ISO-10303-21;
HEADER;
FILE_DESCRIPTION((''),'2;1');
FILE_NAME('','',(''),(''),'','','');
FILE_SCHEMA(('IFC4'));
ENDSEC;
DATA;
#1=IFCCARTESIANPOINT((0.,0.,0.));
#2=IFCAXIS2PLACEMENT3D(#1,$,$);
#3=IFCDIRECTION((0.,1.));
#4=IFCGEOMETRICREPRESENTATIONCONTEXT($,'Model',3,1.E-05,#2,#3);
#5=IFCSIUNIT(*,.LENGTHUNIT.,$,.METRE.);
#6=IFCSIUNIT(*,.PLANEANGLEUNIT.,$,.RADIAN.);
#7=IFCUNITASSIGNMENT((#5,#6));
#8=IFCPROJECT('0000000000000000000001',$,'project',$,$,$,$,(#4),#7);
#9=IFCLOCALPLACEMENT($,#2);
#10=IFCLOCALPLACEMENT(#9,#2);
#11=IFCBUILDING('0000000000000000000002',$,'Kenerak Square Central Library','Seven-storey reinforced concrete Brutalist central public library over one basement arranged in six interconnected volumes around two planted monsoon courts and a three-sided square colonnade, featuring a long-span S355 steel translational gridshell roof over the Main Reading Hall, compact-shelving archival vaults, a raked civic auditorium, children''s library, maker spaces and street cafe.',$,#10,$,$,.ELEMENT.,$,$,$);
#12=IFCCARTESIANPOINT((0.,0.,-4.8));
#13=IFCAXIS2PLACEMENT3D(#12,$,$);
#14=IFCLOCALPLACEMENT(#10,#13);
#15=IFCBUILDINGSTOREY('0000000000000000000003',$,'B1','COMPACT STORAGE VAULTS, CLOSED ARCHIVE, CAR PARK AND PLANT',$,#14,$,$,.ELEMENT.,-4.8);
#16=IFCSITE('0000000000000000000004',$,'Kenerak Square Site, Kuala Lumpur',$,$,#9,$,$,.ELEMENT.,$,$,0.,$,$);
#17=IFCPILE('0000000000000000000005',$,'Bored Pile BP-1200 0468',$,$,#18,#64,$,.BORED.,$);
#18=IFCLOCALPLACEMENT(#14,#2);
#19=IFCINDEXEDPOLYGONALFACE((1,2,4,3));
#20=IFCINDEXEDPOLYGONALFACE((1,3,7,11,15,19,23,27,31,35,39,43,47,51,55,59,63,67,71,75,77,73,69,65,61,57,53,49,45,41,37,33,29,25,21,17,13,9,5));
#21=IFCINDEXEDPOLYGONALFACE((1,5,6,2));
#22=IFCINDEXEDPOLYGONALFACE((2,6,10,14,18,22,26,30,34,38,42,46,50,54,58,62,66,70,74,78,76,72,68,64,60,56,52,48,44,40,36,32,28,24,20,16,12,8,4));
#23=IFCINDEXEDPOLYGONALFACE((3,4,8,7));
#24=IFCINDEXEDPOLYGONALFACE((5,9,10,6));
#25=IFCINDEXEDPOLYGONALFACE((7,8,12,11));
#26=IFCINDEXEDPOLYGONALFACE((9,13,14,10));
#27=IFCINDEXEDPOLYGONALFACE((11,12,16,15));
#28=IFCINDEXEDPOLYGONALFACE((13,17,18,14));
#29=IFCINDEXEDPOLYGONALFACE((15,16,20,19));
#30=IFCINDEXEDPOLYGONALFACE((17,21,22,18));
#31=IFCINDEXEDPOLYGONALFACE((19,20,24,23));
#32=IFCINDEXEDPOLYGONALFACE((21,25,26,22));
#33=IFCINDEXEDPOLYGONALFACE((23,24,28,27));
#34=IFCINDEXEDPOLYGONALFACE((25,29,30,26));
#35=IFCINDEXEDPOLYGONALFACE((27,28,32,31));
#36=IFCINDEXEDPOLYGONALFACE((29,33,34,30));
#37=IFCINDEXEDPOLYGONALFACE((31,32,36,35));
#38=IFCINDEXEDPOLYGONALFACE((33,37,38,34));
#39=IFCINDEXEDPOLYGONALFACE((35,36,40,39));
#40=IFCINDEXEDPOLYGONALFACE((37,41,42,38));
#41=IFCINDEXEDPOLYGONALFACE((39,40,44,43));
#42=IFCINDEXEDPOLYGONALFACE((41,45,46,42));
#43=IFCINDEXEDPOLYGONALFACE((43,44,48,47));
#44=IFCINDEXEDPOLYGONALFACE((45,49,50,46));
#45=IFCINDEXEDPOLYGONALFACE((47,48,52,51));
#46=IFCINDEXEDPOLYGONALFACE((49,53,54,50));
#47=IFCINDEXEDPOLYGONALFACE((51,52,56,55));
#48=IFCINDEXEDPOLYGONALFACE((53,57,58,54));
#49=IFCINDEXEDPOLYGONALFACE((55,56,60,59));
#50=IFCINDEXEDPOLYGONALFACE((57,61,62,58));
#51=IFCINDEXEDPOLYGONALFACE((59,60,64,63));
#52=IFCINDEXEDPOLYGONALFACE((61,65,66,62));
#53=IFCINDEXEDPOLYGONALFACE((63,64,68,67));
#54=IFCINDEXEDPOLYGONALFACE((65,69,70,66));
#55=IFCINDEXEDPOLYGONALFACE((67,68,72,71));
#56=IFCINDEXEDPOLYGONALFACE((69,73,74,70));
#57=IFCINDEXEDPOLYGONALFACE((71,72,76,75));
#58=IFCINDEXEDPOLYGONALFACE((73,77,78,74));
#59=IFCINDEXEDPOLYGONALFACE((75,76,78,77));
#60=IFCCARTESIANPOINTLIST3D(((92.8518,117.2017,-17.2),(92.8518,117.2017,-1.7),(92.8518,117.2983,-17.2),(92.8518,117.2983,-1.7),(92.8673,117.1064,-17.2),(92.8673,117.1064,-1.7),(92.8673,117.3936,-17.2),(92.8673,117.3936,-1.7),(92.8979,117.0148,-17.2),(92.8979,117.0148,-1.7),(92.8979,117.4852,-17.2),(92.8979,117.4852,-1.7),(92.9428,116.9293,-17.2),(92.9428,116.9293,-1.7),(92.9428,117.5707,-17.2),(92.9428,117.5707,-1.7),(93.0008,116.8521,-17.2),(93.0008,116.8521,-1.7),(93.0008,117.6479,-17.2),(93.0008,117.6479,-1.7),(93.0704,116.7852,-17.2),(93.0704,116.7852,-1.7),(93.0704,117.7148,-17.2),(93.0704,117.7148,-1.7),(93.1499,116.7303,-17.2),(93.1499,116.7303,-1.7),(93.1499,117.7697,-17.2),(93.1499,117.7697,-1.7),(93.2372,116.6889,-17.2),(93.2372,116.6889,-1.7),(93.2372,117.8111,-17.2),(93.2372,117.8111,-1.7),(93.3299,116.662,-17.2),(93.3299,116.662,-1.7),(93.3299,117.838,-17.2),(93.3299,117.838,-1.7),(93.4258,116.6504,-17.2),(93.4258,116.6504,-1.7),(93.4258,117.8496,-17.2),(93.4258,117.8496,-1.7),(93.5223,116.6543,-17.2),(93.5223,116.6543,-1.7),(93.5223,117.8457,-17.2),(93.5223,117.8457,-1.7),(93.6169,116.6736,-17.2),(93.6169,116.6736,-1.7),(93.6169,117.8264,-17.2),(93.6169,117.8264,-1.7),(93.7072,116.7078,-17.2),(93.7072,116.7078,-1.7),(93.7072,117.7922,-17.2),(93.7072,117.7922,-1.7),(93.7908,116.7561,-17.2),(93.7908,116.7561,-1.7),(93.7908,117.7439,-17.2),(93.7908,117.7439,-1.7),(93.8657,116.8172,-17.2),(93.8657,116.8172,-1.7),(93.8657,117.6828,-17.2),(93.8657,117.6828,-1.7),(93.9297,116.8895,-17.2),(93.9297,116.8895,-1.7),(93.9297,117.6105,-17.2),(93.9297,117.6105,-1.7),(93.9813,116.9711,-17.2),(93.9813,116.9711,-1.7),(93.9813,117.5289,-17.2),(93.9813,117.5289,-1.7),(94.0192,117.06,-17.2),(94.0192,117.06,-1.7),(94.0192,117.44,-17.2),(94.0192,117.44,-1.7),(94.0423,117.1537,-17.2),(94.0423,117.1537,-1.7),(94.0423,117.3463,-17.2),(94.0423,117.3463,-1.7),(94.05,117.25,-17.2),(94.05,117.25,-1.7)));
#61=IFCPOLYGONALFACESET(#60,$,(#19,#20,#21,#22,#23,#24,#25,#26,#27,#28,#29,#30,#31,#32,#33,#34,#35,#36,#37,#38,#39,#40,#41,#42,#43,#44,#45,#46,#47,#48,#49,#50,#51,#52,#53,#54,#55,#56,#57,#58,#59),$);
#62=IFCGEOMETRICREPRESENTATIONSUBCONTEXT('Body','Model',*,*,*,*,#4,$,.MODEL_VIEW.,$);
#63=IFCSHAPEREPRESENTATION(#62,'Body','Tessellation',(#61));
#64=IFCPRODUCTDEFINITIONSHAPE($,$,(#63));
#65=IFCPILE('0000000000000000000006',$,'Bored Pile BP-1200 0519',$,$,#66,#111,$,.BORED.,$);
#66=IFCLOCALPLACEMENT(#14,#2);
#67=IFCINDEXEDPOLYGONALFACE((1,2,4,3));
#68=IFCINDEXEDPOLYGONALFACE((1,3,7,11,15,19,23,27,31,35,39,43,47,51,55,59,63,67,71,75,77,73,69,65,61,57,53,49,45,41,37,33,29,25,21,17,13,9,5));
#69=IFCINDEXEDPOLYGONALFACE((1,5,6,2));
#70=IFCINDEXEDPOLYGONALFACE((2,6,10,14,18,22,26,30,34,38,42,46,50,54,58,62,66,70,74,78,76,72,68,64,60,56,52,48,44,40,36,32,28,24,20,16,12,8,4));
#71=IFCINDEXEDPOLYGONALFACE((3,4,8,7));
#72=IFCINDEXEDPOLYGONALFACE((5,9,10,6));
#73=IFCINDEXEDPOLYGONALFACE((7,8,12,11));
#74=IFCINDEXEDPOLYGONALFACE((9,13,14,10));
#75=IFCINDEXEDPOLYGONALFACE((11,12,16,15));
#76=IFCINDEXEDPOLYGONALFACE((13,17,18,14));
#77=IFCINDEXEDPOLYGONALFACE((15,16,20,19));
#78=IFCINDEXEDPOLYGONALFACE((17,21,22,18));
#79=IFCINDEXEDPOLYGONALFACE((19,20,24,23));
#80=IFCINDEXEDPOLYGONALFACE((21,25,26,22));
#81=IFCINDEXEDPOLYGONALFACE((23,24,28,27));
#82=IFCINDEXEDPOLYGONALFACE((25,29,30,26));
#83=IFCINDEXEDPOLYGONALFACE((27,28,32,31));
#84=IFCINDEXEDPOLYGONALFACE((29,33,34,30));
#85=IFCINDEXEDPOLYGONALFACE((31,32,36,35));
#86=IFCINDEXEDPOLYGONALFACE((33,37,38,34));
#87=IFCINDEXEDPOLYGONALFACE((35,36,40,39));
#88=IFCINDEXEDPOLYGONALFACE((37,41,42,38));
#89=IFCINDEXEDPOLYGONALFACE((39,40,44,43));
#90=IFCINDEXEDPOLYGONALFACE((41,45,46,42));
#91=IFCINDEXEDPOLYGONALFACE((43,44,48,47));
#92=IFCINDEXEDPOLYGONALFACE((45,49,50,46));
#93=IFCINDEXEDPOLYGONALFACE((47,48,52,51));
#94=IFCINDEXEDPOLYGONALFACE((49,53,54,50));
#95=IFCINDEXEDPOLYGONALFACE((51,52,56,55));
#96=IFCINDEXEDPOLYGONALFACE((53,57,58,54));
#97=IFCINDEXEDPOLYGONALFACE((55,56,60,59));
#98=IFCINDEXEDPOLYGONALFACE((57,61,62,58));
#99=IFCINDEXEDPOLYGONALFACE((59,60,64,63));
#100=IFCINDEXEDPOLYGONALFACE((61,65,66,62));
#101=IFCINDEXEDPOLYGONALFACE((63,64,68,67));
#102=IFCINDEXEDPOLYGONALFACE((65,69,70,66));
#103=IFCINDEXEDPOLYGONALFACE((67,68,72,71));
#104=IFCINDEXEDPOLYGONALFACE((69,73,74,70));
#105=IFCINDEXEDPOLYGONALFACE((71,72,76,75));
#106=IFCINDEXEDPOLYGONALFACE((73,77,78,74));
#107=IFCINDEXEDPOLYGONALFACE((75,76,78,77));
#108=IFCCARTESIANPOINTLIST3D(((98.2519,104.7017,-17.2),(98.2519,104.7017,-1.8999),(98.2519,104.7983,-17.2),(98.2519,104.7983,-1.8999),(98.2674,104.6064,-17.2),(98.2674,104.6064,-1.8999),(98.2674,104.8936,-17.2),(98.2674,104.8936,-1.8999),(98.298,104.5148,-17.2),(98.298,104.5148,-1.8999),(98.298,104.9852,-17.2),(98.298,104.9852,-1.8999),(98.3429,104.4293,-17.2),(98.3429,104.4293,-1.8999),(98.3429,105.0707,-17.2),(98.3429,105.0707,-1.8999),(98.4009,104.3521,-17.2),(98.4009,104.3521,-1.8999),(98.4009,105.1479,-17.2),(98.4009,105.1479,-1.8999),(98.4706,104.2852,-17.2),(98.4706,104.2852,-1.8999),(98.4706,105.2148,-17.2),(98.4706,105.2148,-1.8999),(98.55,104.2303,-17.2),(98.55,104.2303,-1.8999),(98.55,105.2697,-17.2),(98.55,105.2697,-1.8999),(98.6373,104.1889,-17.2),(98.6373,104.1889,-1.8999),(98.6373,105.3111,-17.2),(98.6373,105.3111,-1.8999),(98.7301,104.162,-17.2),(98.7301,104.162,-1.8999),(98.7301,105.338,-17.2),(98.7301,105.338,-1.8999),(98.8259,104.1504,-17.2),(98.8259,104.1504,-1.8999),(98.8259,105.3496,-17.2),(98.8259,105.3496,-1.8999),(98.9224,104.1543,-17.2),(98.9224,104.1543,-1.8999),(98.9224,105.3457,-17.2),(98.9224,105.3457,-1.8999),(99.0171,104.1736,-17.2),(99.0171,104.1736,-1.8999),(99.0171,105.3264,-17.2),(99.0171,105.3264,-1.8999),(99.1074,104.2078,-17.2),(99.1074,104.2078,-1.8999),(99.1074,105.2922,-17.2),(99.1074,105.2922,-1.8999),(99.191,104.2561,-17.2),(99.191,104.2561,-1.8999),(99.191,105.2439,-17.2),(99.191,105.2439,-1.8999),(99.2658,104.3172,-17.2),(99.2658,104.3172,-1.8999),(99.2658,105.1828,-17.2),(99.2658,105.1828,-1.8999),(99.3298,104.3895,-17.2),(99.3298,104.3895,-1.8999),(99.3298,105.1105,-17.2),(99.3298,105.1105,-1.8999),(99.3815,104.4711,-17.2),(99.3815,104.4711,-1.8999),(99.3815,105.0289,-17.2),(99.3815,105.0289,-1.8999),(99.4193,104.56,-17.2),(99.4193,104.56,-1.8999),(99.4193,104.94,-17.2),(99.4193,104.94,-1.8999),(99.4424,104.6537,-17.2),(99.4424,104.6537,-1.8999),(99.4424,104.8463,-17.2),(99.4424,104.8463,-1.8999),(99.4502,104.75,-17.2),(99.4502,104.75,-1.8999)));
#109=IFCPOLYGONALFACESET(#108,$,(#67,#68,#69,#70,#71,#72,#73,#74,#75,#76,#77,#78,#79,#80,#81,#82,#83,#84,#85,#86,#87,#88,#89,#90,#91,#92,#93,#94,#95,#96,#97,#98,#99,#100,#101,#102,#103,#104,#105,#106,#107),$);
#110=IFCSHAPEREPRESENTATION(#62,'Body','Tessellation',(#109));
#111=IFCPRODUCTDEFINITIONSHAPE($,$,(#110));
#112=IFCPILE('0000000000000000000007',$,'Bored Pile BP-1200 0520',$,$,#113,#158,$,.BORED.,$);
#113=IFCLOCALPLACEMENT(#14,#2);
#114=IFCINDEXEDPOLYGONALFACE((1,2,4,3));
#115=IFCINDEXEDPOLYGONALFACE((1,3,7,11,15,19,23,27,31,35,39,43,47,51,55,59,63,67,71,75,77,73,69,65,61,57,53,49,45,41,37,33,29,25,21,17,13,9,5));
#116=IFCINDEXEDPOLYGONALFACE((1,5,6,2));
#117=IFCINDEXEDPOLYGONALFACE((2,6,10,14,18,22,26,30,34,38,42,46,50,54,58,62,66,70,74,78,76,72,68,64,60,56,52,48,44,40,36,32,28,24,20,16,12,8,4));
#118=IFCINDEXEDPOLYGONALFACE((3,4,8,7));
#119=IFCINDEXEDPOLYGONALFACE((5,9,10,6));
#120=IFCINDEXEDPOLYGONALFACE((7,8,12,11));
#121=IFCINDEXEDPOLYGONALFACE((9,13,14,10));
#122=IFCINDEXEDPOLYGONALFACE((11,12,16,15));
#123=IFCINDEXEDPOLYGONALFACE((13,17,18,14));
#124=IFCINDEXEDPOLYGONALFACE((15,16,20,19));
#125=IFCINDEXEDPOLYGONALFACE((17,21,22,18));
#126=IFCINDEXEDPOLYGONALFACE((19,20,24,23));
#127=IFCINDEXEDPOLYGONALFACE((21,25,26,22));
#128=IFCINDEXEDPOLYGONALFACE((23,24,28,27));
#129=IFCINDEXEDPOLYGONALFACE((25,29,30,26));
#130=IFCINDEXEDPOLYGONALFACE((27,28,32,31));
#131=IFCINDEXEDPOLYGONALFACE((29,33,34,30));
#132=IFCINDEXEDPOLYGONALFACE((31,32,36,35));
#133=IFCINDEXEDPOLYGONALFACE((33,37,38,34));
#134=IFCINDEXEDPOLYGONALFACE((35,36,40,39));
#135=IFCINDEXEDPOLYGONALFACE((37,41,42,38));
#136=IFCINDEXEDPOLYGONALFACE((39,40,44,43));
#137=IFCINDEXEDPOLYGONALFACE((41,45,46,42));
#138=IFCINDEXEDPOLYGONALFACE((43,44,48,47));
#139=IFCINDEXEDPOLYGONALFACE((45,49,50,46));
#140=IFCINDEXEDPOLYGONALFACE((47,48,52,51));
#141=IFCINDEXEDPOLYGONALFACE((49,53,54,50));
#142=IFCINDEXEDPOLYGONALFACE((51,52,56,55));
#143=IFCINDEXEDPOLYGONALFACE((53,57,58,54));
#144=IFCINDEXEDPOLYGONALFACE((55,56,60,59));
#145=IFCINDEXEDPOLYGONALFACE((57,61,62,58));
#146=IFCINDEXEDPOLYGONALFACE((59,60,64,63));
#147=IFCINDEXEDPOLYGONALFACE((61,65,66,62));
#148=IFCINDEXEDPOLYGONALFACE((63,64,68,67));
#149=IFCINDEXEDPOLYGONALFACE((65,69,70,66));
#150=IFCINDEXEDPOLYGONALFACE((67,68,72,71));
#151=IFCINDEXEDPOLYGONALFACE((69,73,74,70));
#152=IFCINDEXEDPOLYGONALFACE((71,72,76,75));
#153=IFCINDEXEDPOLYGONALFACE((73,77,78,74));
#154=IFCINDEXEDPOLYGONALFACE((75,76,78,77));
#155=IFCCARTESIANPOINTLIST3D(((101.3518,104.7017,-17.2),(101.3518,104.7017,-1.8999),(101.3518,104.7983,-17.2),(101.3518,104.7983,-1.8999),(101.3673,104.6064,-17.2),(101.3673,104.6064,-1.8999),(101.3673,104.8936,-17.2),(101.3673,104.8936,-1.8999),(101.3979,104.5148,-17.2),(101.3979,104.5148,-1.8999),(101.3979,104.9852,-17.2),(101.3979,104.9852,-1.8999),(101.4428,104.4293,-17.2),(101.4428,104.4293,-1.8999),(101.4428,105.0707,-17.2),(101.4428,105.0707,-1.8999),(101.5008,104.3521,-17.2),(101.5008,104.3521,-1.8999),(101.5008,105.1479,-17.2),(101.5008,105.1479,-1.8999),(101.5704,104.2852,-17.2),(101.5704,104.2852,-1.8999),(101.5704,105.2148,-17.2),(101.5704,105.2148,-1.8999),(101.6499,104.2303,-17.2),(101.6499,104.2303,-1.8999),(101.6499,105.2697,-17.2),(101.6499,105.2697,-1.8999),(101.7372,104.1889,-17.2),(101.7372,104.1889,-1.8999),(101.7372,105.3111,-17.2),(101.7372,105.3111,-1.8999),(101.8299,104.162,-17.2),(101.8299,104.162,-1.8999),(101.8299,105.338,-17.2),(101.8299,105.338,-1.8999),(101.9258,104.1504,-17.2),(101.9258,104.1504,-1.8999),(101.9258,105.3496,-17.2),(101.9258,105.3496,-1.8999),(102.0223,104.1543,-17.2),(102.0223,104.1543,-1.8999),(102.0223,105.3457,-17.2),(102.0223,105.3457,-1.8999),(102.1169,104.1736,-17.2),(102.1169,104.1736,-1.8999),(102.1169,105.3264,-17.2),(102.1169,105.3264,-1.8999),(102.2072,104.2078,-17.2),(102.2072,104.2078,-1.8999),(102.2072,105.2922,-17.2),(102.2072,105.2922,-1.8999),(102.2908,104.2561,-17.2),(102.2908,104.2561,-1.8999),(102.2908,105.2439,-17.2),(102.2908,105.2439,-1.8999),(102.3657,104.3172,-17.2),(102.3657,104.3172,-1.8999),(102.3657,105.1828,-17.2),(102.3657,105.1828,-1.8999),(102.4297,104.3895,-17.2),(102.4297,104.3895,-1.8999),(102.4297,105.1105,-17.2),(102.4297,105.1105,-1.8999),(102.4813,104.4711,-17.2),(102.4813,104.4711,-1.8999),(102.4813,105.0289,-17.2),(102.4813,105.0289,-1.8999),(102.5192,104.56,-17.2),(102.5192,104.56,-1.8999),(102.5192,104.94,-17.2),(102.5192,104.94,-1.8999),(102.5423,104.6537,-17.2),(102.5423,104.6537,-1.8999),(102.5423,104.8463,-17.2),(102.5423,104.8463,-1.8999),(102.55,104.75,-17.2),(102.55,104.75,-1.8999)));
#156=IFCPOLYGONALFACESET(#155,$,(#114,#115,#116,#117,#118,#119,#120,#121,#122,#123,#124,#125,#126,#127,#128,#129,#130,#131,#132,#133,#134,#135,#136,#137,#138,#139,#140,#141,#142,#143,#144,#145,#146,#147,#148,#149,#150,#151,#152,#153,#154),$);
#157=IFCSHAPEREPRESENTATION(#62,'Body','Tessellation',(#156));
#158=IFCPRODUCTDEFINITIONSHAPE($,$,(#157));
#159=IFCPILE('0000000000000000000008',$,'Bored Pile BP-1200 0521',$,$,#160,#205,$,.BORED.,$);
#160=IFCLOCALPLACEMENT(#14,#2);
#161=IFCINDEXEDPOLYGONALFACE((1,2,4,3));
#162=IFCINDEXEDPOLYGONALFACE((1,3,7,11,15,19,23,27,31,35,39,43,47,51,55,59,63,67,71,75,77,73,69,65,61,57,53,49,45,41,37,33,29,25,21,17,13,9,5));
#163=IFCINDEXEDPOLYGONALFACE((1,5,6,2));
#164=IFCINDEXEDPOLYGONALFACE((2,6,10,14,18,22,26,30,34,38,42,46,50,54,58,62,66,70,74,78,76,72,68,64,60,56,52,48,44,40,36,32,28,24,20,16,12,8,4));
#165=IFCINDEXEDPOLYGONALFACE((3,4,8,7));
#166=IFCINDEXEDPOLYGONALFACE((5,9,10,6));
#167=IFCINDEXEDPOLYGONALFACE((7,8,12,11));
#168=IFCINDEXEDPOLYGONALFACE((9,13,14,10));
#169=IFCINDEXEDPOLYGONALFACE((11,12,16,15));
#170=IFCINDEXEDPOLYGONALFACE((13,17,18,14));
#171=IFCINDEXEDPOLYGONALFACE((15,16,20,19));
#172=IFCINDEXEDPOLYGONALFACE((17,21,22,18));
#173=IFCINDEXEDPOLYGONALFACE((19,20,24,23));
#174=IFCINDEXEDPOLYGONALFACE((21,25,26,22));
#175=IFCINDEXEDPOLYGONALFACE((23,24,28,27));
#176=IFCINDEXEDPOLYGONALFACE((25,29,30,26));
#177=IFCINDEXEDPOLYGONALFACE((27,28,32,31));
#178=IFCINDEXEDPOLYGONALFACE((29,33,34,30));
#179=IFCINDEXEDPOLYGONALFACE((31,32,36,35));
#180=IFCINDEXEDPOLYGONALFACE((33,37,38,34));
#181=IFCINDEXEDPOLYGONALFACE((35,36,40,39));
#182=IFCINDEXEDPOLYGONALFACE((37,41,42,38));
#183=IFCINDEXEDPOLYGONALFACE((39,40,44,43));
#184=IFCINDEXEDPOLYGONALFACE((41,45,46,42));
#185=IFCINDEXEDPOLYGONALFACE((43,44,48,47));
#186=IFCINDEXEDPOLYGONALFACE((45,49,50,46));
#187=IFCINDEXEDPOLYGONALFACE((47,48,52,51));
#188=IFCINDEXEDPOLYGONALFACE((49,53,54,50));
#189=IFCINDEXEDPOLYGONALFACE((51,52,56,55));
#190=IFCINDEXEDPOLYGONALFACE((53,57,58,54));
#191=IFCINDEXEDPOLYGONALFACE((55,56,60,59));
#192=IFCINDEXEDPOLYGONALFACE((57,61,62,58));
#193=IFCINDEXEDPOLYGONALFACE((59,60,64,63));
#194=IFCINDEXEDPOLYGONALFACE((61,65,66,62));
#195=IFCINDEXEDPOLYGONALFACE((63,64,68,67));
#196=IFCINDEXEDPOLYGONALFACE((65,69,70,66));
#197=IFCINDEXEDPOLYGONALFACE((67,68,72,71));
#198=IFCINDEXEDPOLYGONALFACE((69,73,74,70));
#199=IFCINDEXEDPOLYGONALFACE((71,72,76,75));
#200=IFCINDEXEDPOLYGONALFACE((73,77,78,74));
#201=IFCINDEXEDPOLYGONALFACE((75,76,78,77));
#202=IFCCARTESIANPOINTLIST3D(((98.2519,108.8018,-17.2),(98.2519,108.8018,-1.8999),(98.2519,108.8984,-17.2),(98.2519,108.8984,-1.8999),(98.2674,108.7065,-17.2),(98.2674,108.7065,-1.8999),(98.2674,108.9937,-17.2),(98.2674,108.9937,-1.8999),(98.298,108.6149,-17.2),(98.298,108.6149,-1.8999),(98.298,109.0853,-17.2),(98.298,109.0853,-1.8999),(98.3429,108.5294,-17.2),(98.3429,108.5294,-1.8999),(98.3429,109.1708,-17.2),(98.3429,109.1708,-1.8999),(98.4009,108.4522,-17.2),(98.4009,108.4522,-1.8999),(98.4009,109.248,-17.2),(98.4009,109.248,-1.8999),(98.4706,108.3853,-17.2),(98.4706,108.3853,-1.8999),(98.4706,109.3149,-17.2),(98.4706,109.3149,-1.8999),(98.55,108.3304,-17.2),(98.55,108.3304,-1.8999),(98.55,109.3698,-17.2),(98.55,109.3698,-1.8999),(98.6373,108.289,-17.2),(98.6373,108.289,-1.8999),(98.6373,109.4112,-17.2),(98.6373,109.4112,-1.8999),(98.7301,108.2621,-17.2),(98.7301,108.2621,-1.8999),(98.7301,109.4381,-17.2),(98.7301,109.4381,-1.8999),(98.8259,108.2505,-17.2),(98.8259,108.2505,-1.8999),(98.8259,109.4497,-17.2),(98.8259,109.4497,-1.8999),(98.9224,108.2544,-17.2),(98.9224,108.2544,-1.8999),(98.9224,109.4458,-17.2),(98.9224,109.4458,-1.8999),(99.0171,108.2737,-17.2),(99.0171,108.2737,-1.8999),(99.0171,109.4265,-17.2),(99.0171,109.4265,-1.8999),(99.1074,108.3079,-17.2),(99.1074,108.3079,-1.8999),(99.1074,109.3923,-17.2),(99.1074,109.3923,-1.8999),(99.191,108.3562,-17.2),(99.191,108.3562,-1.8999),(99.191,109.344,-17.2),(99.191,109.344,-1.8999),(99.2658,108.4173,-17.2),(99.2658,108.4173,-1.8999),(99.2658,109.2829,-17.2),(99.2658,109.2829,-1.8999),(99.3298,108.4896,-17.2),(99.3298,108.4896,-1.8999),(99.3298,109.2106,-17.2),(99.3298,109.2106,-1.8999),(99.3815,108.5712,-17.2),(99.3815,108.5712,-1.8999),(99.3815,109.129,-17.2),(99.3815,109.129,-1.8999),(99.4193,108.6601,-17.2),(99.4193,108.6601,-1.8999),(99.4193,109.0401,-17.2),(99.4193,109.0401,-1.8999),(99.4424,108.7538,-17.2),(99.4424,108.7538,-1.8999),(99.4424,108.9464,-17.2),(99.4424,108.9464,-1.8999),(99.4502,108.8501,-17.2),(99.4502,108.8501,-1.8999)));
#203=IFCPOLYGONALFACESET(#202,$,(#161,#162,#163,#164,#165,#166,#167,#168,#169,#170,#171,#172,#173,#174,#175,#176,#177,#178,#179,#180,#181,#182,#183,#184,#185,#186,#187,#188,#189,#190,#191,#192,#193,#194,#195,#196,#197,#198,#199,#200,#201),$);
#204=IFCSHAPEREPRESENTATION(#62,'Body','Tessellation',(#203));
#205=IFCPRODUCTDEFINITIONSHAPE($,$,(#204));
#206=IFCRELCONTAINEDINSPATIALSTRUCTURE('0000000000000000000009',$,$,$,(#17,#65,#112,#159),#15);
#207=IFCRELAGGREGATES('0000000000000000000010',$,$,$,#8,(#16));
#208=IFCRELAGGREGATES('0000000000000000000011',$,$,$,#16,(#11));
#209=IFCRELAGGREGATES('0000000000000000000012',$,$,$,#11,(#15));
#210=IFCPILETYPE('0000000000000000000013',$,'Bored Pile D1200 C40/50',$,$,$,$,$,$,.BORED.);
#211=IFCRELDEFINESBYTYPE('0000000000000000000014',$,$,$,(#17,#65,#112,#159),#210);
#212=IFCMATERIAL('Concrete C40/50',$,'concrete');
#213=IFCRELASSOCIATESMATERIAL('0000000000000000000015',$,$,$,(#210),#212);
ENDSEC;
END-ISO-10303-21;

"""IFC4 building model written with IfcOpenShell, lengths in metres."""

from ifc_helpers import new_model, si_unit, direction, frame, origin, origin_2d, place, context, subcontext, project, spatial, circle, extrude, material, material_profile, profile_set, type_object, element, save


model = new_model("IFC4")

# Units and contexts
model_context = context("Model", 3, precision=1e-05, world=origin(), true_north=direction((0.0, 1.0)))
body_context = subcontext(model_context, "Body", "Model", "MODEL_VIEW")
ifc_project = project(units=[si_unit("LENGTHUNIT", "METRE"), si_unit("PLANEANGLEUNIT", "RADIAN")], contexts=[model_context])

# Site, building, storey
site_placement = place(None, origin())
site = spatial("IfcSite", under=ifc_project, at=site_placement, Name="Kenerak Square Site, Kuala Lumpur", CompositionType="ELEMENT", RefElevation=0.0)
building_placement = place(site_placement, origin())
building = spatial("IfcBuilding", under=site, at=building_placement, Name="Kenerak Square Central Library", Description="Seven-storey reinforced concrete Brutalist central public library over one basement arranged in six interconnected volumes around two planted monsoon courts and a three-sided square colonnade, featuring a long-span S355 steel translational gridshell roof over the Main Reading Hall, compact-shelving archival vaults, a raked civic auditorium, children's library, maker spaces and street cafe.", CompositionType="ELEMENT")
storey_placement = place(building_placement, frame((0.0, 0.0, -4.8)))
storey = spatial("IfcBuildingStorey", under=building, at=storey_placement, Name="B1", Description="COMPACT STORAGE VAULTS, CLOSED ARCHIVE, CAR PARK AND PLANT", CompositionType="ELEMENT", Elevation=-4.8)

# Piles
ifc_material_1 = material(Name="Concrete C40/50", Category="concrete")
ifc_material_profile_1 = material_profile(ifc_material_1, circle(Radius=0.6001, at=origin_2d()), Name="BP D1200")
ifc_profile_set_1 = profile_set([ifc_material_profile_1], Name="Concrete C40/50")
pile_type = type_object("IfcPileType", Name="Bored Pile D1200 C40/50", PredefinedType="BORED", material=ifc_profile_set_1)
for number, where, z_axis, x_axis, name in (
    (1, (93.45, 117.25, -1.7), (0.0, 0.0, -1.0), (1.0, 0.0, 0.0), "Bored Pile BP-1200 0468"),
):
    element("IfcPile", number, at=place(storey_placement, frame(where, z_axis=z_axis, x_axis=x_axis)), inside=storey, type_object=pile_type, Name=name, PredefinedType="BORED", context=body_context, shape_type="SweptSolid", body=[
        extrude(circle(Radius=0.6001, at=origin_2d()), origin(), (0.0, 0.0, 1.0), 15.5),
    ])
for number, where, z_axis, x_axis, name in (
    (2, (98.8501, 104.75, -1.8999), (0.0, 0.0, -1.0), (1.0, 0.0, 0.0), "Bored Pile BP-1200 0519"),
    (3, (101.95, 104.75, -1.8999), (0.0, 0.0, -1.0), (1.0, 0.0, 0.0), "Bored Pile BP-1200 0520"),
    (4, (98.8501, 108.8501, -1.8999), (0.0, 0.0, -1.0), (1.0, 0.0, 0.0), "Bored Pile BP-1200 0521"),
):
    element("IfcPile", number, at=place(storey_placement, frame(where, z_axis=z_axis, x_axis=x_axis)), inside=storey, type_object=pile_type, Name=name, PredefinedType="BORED", context=body_context, shape_type="SweptSolid", body=[
        extrude(circle(Radius=0.6001, at=origin_2d()), origin(), (0.0, 0.0, 1.0), 15.3),
    ])

save(model, "model.ifc")
